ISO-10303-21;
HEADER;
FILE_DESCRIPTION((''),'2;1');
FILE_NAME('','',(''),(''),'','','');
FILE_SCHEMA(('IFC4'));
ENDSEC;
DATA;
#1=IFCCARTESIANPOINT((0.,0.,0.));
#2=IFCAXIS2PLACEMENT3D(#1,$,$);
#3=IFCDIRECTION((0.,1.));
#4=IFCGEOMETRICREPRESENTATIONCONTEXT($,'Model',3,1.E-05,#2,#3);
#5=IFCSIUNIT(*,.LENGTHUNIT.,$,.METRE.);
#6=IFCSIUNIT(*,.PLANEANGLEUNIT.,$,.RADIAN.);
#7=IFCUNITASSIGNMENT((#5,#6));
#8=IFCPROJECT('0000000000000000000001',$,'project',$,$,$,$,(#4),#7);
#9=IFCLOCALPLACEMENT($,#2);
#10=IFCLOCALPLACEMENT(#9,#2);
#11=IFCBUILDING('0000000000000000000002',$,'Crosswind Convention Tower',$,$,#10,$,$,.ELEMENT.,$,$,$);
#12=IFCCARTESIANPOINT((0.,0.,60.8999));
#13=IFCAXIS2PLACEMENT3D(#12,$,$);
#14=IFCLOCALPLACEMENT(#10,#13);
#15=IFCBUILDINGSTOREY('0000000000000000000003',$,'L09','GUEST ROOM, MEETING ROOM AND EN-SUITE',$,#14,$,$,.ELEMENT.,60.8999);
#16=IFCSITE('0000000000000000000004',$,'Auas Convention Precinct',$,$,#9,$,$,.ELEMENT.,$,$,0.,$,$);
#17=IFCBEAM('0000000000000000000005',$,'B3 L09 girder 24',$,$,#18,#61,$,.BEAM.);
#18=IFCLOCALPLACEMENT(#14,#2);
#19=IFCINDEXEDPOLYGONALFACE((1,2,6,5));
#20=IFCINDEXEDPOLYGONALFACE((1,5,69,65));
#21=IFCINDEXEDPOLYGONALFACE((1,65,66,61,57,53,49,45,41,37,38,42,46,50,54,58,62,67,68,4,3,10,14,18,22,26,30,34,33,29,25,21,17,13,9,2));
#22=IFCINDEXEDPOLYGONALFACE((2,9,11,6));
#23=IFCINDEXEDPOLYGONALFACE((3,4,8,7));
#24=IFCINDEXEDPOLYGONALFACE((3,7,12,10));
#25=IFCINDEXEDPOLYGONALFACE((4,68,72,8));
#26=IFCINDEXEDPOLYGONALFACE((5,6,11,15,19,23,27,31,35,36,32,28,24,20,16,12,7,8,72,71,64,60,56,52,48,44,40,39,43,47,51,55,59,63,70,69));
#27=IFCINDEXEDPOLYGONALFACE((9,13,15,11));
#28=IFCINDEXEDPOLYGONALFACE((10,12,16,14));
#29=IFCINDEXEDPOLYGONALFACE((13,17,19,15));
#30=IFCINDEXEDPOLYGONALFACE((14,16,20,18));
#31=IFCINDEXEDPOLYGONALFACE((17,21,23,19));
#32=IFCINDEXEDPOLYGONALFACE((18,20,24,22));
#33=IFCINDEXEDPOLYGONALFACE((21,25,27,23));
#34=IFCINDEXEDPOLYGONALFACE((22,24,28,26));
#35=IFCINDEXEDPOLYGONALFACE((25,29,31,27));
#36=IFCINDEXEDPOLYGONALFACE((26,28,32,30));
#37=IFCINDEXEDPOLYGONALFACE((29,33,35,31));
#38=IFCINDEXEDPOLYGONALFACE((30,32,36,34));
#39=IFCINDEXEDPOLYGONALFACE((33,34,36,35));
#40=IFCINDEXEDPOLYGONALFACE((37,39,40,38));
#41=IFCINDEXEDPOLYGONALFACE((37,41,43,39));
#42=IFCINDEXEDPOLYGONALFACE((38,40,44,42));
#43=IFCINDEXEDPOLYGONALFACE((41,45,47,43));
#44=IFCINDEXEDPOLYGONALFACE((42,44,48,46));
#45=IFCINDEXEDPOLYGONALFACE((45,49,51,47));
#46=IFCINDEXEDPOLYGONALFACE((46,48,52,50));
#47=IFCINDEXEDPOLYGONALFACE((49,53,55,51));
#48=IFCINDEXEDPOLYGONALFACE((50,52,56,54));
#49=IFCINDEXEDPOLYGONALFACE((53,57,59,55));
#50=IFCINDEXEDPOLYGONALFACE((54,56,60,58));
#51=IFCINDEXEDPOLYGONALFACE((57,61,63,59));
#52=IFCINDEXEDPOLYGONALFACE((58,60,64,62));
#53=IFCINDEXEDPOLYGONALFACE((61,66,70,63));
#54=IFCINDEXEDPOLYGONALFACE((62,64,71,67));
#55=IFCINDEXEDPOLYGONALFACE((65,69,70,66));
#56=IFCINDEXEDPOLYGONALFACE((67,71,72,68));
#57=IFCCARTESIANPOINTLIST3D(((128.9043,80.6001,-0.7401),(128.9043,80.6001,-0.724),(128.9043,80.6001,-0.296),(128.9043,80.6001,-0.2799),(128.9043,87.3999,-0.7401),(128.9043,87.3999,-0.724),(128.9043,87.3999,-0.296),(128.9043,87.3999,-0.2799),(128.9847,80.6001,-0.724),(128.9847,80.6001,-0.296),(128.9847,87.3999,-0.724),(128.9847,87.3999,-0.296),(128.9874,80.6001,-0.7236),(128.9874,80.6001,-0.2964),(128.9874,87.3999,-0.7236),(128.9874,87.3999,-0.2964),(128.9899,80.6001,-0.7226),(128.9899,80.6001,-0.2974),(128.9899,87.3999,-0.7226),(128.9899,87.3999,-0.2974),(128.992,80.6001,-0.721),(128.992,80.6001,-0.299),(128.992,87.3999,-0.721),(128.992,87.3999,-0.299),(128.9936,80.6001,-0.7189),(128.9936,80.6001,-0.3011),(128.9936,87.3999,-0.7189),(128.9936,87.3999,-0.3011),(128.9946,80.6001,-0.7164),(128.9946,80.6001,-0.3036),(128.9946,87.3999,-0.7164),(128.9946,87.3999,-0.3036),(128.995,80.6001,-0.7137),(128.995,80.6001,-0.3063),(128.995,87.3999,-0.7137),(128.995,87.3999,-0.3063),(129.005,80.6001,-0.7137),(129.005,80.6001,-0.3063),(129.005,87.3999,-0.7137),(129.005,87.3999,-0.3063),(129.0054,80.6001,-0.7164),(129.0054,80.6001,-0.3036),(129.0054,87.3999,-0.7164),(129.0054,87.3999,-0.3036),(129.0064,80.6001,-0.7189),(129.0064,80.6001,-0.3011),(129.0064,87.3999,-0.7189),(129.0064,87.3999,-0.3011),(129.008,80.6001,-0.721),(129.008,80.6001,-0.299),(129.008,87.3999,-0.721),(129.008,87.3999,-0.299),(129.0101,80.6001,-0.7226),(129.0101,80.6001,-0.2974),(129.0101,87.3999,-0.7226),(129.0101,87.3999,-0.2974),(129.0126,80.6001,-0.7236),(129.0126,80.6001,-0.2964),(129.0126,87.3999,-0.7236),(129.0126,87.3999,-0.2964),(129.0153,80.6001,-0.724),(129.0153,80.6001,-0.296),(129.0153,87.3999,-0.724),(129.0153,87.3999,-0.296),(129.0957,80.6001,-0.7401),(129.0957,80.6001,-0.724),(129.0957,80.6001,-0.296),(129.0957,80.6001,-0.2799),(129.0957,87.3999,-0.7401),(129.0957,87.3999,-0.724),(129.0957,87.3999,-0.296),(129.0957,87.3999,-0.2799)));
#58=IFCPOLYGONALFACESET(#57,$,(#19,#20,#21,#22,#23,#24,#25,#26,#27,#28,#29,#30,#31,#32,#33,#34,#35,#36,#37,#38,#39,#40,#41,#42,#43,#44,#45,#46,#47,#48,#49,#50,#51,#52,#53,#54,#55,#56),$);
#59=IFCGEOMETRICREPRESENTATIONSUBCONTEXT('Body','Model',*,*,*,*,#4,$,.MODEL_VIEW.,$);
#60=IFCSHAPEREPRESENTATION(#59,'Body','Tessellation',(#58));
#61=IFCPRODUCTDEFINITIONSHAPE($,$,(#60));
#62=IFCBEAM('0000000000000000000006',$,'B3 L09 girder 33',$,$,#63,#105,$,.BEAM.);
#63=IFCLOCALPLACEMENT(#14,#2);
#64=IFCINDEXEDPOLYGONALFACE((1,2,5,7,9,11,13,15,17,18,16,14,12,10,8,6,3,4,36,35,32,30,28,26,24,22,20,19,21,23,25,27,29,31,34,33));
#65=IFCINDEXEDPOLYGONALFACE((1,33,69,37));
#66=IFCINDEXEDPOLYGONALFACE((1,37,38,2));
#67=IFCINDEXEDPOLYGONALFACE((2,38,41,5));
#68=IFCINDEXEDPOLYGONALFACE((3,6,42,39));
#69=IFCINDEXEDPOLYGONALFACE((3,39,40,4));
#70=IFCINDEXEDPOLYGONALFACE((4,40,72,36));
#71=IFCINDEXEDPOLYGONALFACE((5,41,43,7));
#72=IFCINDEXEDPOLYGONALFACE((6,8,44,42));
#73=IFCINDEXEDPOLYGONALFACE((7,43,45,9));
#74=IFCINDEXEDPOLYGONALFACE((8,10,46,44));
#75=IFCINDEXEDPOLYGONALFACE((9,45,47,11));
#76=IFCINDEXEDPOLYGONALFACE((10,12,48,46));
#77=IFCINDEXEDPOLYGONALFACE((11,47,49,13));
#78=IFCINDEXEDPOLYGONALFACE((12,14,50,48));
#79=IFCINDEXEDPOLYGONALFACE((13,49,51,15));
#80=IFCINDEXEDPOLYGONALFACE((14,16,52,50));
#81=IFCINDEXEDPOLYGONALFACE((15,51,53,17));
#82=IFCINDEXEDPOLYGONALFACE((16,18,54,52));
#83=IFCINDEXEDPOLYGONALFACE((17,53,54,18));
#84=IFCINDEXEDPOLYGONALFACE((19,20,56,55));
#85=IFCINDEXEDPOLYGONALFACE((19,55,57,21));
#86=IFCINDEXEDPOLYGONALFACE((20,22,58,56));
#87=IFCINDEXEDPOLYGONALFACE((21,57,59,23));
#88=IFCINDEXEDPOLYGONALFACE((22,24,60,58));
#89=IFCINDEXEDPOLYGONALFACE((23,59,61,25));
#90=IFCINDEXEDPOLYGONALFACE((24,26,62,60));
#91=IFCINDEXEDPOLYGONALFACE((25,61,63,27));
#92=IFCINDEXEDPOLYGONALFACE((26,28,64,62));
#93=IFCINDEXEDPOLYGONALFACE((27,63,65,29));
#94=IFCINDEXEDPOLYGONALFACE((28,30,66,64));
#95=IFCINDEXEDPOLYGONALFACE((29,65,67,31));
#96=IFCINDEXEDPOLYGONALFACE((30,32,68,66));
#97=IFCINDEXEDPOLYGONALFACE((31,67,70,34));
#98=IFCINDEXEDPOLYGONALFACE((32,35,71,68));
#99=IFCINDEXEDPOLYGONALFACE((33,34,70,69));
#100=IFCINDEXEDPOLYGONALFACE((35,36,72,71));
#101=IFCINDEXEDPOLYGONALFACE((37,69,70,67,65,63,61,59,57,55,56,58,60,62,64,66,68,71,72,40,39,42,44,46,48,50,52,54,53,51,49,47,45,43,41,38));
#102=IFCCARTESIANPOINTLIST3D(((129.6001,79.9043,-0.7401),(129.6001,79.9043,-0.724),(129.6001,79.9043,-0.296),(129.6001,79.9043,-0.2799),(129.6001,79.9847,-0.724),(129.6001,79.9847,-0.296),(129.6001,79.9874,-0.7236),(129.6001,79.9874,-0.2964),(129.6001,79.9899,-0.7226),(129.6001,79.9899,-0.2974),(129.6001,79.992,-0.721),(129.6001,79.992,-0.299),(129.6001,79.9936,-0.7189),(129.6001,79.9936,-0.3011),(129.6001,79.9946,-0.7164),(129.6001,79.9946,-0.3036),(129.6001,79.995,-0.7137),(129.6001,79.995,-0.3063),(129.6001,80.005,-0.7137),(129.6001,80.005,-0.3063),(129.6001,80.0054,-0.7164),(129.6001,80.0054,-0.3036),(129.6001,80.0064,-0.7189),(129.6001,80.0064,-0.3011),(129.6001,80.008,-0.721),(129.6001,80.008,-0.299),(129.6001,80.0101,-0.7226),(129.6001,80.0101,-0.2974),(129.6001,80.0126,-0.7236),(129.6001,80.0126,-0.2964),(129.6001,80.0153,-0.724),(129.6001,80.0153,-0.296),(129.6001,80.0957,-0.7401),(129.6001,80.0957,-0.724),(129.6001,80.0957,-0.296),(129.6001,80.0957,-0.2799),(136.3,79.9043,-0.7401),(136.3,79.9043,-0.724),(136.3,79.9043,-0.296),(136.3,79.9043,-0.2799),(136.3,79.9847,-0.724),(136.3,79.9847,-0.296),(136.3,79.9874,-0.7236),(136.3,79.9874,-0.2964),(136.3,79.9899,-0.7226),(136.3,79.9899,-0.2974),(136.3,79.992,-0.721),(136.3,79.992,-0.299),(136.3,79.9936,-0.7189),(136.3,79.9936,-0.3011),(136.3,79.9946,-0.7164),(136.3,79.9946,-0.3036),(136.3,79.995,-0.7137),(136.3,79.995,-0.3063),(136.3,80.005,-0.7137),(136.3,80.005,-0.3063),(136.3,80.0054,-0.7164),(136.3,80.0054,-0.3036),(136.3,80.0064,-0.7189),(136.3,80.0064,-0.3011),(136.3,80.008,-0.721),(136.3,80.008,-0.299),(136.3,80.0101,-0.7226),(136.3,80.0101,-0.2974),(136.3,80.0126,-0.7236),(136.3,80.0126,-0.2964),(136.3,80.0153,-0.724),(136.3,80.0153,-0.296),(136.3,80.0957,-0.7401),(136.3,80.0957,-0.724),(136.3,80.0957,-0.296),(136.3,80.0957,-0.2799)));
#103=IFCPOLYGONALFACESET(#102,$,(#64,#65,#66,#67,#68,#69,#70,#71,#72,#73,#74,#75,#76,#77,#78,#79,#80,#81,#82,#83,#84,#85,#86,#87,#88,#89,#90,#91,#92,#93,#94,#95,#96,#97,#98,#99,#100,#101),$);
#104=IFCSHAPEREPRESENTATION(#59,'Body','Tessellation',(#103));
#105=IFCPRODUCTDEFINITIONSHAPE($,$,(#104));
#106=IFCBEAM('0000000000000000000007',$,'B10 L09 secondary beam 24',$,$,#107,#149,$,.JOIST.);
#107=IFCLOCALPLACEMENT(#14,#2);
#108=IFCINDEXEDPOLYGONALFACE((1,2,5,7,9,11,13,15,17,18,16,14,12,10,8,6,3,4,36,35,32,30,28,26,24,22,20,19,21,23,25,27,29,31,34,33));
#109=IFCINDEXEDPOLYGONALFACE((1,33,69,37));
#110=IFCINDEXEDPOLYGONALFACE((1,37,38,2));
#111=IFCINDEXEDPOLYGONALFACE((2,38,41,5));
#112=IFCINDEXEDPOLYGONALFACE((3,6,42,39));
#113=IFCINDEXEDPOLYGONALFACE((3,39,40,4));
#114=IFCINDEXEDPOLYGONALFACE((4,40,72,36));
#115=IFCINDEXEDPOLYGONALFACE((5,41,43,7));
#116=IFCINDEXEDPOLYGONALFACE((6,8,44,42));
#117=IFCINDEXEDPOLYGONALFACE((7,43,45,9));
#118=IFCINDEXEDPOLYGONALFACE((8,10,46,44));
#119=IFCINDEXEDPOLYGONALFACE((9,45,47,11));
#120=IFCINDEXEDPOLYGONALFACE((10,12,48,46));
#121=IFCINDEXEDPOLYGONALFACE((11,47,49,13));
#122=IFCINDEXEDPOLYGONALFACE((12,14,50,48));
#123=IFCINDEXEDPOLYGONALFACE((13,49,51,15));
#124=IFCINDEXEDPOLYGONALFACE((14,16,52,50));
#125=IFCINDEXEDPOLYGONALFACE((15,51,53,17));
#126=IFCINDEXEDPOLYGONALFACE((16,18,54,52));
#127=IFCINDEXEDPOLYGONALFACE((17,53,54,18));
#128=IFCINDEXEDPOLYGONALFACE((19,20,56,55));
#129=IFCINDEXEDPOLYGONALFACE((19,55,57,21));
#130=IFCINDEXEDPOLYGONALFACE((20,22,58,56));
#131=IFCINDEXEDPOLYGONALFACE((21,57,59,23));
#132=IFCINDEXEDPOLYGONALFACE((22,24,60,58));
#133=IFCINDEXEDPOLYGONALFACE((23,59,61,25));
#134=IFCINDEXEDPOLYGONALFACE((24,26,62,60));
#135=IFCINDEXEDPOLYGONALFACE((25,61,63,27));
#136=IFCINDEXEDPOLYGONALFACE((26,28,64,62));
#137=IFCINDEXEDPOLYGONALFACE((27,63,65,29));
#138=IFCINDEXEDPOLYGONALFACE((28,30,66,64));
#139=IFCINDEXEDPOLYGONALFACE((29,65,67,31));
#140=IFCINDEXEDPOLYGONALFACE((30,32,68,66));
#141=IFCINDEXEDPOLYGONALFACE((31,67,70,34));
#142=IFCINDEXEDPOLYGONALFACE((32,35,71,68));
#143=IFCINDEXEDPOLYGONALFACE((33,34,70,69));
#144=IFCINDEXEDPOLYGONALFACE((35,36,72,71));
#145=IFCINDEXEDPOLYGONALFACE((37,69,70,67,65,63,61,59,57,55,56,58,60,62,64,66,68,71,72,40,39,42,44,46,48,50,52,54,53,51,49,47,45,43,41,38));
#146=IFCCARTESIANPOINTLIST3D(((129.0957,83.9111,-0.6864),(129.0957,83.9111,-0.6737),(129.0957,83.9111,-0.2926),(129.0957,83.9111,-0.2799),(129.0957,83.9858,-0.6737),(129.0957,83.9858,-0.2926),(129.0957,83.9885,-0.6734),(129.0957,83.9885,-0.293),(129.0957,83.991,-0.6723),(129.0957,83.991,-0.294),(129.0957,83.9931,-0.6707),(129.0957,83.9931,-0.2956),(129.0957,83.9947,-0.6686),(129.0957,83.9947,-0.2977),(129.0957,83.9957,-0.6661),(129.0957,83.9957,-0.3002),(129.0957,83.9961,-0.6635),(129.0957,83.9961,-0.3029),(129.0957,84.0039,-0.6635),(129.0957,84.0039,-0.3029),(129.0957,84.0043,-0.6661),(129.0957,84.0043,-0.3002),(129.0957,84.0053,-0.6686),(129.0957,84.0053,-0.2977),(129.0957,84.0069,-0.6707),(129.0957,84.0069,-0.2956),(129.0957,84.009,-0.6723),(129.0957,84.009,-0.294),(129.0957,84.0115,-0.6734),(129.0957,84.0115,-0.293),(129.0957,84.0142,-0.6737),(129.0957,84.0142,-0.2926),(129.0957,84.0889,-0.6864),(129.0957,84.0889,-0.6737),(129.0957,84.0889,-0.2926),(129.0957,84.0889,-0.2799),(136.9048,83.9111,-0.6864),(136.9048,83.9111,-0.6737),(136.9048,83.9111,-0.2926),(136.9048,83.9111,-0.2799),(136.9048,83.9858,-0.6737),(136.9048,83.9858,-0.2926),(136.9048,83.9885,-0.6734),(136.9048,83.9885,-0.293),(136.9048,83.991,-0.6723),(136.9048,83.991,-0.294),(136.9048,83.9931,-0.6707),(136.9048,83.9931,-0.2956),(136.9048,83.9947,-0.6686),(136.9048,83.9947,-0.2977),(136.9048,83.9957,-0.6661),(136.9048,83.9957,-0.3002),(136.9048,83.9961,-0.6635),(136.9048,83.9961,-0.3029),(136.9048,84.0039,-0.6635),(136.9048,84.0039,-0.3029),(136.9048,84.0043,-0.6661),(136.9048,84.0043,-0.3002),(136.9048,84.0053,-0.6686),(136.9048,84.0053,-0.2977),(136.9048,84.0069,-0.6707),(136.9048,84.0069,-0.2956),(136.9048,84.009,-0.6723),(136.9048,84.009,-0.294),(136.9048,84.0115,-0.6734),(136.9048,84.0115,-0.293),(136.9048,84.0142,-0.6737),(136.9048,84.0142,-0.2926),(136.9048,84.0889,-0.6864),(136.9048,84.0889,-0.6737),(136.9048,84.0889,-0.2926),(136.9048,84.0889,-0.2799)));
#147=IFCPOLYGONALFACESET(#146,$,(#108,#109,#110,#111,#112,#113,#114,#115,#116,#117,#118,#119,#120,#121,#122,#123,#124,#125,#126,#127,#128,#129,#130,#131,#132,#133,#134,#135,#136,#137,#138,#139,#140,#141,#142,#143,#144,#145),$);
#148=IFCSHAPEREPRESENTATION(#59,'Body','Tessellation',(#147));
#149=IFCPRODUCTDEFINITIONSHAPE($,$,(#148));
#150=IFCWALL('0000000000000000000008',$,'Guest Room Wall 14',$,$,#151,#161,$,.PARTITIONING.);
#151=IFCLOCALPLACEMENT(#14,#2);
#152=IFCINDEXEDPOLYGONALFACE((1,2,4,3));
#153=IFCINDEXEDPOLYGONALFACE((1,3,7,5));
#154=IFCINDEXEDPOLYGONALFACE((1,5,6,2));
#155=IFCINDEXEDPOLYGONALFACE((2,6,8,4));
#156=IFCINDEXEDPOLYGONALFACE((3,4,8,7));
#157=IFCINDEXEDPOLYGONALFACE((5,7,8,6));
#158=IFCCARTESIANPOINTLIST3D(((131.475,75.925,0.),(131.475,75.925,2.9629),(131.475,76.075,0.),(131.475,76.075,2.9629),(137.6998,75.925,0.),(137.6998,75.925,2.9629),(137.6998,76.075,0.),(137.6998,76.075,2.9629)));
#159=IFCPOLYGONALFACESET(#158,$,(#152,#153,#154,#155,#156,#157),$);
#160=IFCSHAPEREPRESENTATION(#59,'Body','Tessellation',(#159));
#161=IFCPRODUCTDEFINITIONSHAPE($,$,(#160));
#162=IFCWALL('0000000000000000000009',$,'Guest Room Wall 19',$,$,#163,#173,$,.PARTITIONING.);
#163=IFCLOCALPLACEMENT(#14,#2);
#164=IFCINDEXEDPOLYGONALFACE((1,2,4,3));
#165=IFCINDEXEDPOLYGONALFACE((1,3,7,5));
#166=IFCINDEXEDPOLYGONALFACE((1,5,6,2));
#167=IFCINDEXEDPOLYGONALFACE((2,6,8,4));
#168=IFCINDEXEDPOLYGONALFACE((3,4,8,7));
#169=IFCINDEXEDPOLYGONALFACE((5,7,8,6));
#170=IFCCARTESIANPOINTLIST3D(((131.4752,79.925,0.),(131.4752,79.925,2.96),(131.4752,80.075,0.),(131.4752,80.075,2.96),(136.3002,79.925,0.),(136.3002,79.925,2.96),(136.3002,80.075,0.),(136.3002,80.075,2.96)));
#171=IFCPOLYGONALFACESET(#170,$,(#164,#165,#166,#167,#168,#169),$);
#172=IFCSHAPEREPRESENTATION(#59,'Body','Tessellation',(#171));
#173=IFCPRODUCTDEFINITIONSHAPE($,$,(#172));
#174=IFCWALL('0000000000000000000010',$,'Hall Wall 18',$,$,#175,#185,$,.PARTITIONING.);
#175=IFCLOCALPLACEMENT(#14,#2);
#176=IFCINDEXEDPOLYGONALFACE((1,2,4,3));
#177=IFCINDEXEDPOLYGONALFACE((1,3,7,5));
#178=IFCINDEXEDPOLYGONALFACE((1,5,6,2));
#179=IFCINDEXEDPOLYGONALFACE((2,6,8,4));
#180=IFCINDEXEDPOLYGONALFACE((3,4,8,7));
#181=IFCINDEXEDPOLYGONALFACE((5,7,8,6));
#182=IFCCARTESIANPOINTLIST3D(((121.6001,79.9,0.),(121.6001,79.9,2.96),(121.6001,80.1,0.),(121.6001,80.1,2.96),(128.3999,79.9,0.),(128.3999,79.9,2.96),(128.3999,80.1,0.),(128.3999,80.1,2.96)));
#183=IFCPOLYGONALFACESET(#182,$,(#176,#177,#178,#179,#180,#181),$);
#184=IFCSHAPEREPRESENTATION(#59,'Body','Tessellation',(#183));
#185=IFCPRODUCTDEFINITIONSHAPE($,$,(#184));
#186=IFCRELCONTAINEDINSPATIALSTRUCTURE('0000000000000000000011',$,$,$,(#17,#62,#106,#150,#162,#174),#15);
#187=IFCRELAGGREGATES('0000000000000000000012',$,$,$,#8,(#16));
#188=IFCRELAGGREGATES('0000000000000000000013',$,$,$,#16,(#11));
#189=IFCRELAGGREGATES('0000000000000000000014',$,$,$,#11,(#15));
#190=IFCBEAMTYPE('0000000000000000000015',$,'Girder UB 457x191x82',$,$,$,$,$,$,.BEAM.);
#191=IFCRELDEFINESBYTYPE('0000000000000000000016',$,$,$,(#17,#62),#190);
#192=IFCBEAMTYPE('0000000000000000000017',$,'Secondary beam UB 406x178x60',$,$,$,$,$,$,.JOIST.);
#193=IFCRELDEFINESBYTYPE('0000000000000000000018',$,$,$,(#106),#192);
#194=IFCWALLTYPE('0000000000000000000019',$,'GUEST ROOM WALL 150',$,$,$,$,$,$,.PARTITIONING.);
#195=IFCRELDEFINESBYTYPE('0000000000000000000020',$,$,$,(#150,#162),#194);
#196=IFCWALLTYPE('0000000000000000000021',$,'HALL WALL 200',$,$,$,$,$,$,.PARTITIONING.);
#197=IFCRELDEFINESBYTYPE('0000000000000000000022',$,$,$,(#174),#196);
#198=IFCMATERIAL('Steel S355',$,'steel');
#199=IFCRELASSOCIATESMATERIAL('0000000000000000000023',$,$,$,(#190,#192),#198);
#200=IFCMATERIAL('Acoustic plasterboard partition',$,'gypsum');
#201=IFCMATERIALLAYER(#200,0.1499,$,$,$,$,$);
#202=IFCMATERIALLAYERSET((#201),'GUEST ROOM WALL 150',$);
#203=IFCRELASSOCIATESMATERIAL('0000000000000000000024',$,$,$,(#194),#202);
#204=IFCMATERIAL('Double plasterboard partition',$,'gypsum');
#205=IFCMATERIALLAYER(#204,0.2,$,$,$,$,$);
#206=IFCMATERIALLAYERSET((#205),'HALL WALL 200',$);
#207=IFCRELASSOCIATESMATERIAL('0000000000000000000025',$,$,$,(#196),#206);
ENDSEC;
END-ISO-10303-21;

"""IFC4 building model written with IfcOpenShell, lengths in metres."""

from ifc_helpers import new_model, si_unit, direction, frame, frame_2d, origin, origin_2d, place, context, subcontext, project, spatial, rectangle, i_section, extrude, material, layer, layer_set, material_profile, profile_set, type_object, element, save


model = new_model("IFC4")

# Units and contexts
model_context = context("Model", 3, precision=1e-05, world=origin(), true_north=direction((0.0, 1.0)))
body_context = subcontext(model_context, "Body", "Model", "MODEL_VIEW")
ifc_project = project(units=[si_unit("LENGTHUNIT", "METRE"), si_unit("PLANEANGLEUNIT", "RADIAN")], contexts=[model_context])

# Site, building, storey
site_placement = place(None, origin())
site = spatial("IfcSite", under=ifc_project, at=site_placement, Name="Auas Convention Precinct", CompositionType="ELEMENT", RefElevation=0.0)
building_placement = place(site_placement, origin())
building = spatial("IfcBuilding", under=site, at=building_placement, Name="Crosswind Convention Tower", CompositionType="ELEMENT")
storey_placement = place(building_placement, frame((0.0, 0.0, 60.8999)))
storey = spatial("IfcBuildingStorey", under=building, at=storey_placement, Name="L09", Description="GUEST ROOM, MEETING ROOM AND EN-SUITE", CompositionType="ELEMENT", Elevation=60.8999)

# Beams
ifc_material_1 = material(Name="Steel S355", Category="steel")
ifc_material_profile_1 = material_profile(ifc_material_1, i_section(OverallWidth=0.1914, OverallDepth=0.4602, WebThickness=0.01, FlangeThickness=0.0161, FilletRadius=0.0103, at=origin_2d()), Name="UB 457x191x82")
ifc_profile_set_1 = profile_set([ifc_material_profile_1], Name="Steel S355")
beam_type_1 = type_object("IfcBeamType", Name="Girder UB 457x191x82", PredefinedType="BEAM", material=ifc_profile_set_1)
for number, where, z_axis, x_axis, name in (
    (1, (129.0, 80.6001, -0.51), (0.0, 1.0, 0.0), (-1.0, 0.0, 0.0), "B3 L09 girder 24"),
):
    element("IfcBeam", number, at=place(storey_placement, frame(where, z_axis=z_axis, x_axis=x_axis)), inside=storey, type_object=beam_type_1, Name=name, PredefinedType="BEAM", context=body_context, shape_type="SweptSolid", body=[
        extrude(i_section(OverallWidth=0.1914, OverallDepth=0.4602, WebThickness=0.01, FlangeThickness=0.0161, FilletRadius=0.0103, at=origin_2d()), origin(), (0.0, 0.0, 1.0), 6.7998),
    ])
beam_1_placement = place(storey_placement, frame((129.6001, 80.0, -0.51), z_axis=(1.0, 0.0, 0.0), x_axis=(0.0, 1.0, 0.0)))
element("IfcBeam", 2, at=beam_1_placement, inside=storey, type_object=beam_type_1, Name="B3 L09 girder 33", PredefinedType="BEAM", context=body_context, shape_type="SweptSolid", body=[
    extrude(i_section(OverallWidth=0.1914, OverallDepth=0.4602, WebThickness=0.01, FlangeThickness=0.0161, FilletRadius=0.0103, at=origin_2d()), origin(), (0.0, 0.0, 1.0), 6.7),
])
ifc_material_profile_2 = material_profile(ifc_material_1, i_section(OverallWidth=0.1777, OverallDepth=0.4065, WebThickness=0.0078, FlangeThickness=0.0127, FilletRadius=0.0103, at=origin_2d()), Name="UB 406x178x60")
ifc_profile_set_2 = profile_set([ifc_material_profile_2], Name="Steel S355")
beam_type_2 = type_object("IfcBeamType", Name="Secondary beam UB 406x178x60", PredefinedType="JOIST", material=ifc_profile_set_2)
beam_2_placement = place(storey_placement, frame((129.0957, 84.0, -0.4832), z_axis=(1.0, 0.0, 0.0), x_axis=(0.0, 1.0, 0.0)))
element("IfcBeam", 3, at=beam_2_placement, inside=storey, type_object=beam_type_2, Name="B10 L09 secondary beam 24", PredefinedType="JOIST", context=body_context, shape_type="SweptSolid", body=[
    extrude(i_section(OverallWidth=0.1777, OverallDepth=0.4065, WebThickness=0.0078, FlangeThickness=0.0127, FilletRadius=0.0103, at=origin_2d()), origin(), (0.0, 0.0, 1.0), 7.8091),
])

# Walls
ifc_material_2 = material(Name="Acoustic plasterboard partition", Category="gypsum")
ifc_layer_1 = layer(ifc_material_2, 0.1499)
ifc_layer_set_1 = layer_set([ifc_layer_1], Name="GUEST ROOM WALL 150")
wall_type_1 = type_object("IfcWallType", Name="GUEST ROOM WALL 150", PredefinedType="PARTITIONING", material=ifc_layer_set_1)
wall_1_placement = place(storey_placement, frame((131.4751, 76.0, 0.0), z_axis=(0.0, 0.0, 1.0), x_axis=(1.0, 0.0, 0.0)))
element("IfcWall", 4, at=wall_1_placement, inside=storey, type_object=wall_type_1, Name="Guest Room Wall 14", PredefinedType="PARTITIONING", context=body_context, shape_type="SweptSolid", body=[
    extrude(rectangle(XDim=6.2249, YDim=0.1499, at=frame_2d((3.1123, 0.0))), origin(), (0.0, 0.0, 1.0), 2.9629),
])
wall_2_placement = place(storey_placement, frame((131.4751, 80.0, 0.0), z_axis=(0.0, 0.0, 1.0), x_axis=(1.0, 0.0, 0.0)))
element("IfcWall", 5, at=wall_2_placement, inside=storey, type_object=wall_type_1, Name="Guest Room Wall 19", PredefinedType="PARTITIONING", context=body_context, shape_type="SweptSolid", body=[
    extrude(rectangle(XDim=4.825, YDim=0.1499, at=frame_2d((2.4126, 0.0))), origin(), (0.0, 0.0, 1.0), 2.96),
])
ifc_material_3 = material(Name="Double plasterboard partition", Category="gypsum")
ifc_layer_2 = layer(ifc_material_3, 0.2)
ifc_layer_set_2 = layer_set([ifc_layer_2], Name="HALL WALL 200")
wall_type_2 = type_object("IfcWallType", Name="HALL WALL 200", PredefinedType="PARTITIONING", material=ifc_layer_set_2)
for number, where, z_axis, x_axis, name in (
    (6, (121.6001, 80.0, 0.0), (0.0, 0.0, 1.0), (1.0, 0.0, 0.0), "Hall Wall 18"),
):
    element("IfcWall", number, at=place(storey_placement, frame(where, z_axis=z_axis, x_axis=x_axis)), inside=storey, type_object=wall_type_2, Name=name, PredefinedType="PARTITIONING", context=body_context, shape_type="SweptSolid", body=[
        extrude(rectangle(XDim=6.7998, YDim=0.2, at=frame_2d((3.3999, 0.0))), origin(), (0.0, 0.0, 1.0), 2.96),
    ])

save(model, "model.ifc")
